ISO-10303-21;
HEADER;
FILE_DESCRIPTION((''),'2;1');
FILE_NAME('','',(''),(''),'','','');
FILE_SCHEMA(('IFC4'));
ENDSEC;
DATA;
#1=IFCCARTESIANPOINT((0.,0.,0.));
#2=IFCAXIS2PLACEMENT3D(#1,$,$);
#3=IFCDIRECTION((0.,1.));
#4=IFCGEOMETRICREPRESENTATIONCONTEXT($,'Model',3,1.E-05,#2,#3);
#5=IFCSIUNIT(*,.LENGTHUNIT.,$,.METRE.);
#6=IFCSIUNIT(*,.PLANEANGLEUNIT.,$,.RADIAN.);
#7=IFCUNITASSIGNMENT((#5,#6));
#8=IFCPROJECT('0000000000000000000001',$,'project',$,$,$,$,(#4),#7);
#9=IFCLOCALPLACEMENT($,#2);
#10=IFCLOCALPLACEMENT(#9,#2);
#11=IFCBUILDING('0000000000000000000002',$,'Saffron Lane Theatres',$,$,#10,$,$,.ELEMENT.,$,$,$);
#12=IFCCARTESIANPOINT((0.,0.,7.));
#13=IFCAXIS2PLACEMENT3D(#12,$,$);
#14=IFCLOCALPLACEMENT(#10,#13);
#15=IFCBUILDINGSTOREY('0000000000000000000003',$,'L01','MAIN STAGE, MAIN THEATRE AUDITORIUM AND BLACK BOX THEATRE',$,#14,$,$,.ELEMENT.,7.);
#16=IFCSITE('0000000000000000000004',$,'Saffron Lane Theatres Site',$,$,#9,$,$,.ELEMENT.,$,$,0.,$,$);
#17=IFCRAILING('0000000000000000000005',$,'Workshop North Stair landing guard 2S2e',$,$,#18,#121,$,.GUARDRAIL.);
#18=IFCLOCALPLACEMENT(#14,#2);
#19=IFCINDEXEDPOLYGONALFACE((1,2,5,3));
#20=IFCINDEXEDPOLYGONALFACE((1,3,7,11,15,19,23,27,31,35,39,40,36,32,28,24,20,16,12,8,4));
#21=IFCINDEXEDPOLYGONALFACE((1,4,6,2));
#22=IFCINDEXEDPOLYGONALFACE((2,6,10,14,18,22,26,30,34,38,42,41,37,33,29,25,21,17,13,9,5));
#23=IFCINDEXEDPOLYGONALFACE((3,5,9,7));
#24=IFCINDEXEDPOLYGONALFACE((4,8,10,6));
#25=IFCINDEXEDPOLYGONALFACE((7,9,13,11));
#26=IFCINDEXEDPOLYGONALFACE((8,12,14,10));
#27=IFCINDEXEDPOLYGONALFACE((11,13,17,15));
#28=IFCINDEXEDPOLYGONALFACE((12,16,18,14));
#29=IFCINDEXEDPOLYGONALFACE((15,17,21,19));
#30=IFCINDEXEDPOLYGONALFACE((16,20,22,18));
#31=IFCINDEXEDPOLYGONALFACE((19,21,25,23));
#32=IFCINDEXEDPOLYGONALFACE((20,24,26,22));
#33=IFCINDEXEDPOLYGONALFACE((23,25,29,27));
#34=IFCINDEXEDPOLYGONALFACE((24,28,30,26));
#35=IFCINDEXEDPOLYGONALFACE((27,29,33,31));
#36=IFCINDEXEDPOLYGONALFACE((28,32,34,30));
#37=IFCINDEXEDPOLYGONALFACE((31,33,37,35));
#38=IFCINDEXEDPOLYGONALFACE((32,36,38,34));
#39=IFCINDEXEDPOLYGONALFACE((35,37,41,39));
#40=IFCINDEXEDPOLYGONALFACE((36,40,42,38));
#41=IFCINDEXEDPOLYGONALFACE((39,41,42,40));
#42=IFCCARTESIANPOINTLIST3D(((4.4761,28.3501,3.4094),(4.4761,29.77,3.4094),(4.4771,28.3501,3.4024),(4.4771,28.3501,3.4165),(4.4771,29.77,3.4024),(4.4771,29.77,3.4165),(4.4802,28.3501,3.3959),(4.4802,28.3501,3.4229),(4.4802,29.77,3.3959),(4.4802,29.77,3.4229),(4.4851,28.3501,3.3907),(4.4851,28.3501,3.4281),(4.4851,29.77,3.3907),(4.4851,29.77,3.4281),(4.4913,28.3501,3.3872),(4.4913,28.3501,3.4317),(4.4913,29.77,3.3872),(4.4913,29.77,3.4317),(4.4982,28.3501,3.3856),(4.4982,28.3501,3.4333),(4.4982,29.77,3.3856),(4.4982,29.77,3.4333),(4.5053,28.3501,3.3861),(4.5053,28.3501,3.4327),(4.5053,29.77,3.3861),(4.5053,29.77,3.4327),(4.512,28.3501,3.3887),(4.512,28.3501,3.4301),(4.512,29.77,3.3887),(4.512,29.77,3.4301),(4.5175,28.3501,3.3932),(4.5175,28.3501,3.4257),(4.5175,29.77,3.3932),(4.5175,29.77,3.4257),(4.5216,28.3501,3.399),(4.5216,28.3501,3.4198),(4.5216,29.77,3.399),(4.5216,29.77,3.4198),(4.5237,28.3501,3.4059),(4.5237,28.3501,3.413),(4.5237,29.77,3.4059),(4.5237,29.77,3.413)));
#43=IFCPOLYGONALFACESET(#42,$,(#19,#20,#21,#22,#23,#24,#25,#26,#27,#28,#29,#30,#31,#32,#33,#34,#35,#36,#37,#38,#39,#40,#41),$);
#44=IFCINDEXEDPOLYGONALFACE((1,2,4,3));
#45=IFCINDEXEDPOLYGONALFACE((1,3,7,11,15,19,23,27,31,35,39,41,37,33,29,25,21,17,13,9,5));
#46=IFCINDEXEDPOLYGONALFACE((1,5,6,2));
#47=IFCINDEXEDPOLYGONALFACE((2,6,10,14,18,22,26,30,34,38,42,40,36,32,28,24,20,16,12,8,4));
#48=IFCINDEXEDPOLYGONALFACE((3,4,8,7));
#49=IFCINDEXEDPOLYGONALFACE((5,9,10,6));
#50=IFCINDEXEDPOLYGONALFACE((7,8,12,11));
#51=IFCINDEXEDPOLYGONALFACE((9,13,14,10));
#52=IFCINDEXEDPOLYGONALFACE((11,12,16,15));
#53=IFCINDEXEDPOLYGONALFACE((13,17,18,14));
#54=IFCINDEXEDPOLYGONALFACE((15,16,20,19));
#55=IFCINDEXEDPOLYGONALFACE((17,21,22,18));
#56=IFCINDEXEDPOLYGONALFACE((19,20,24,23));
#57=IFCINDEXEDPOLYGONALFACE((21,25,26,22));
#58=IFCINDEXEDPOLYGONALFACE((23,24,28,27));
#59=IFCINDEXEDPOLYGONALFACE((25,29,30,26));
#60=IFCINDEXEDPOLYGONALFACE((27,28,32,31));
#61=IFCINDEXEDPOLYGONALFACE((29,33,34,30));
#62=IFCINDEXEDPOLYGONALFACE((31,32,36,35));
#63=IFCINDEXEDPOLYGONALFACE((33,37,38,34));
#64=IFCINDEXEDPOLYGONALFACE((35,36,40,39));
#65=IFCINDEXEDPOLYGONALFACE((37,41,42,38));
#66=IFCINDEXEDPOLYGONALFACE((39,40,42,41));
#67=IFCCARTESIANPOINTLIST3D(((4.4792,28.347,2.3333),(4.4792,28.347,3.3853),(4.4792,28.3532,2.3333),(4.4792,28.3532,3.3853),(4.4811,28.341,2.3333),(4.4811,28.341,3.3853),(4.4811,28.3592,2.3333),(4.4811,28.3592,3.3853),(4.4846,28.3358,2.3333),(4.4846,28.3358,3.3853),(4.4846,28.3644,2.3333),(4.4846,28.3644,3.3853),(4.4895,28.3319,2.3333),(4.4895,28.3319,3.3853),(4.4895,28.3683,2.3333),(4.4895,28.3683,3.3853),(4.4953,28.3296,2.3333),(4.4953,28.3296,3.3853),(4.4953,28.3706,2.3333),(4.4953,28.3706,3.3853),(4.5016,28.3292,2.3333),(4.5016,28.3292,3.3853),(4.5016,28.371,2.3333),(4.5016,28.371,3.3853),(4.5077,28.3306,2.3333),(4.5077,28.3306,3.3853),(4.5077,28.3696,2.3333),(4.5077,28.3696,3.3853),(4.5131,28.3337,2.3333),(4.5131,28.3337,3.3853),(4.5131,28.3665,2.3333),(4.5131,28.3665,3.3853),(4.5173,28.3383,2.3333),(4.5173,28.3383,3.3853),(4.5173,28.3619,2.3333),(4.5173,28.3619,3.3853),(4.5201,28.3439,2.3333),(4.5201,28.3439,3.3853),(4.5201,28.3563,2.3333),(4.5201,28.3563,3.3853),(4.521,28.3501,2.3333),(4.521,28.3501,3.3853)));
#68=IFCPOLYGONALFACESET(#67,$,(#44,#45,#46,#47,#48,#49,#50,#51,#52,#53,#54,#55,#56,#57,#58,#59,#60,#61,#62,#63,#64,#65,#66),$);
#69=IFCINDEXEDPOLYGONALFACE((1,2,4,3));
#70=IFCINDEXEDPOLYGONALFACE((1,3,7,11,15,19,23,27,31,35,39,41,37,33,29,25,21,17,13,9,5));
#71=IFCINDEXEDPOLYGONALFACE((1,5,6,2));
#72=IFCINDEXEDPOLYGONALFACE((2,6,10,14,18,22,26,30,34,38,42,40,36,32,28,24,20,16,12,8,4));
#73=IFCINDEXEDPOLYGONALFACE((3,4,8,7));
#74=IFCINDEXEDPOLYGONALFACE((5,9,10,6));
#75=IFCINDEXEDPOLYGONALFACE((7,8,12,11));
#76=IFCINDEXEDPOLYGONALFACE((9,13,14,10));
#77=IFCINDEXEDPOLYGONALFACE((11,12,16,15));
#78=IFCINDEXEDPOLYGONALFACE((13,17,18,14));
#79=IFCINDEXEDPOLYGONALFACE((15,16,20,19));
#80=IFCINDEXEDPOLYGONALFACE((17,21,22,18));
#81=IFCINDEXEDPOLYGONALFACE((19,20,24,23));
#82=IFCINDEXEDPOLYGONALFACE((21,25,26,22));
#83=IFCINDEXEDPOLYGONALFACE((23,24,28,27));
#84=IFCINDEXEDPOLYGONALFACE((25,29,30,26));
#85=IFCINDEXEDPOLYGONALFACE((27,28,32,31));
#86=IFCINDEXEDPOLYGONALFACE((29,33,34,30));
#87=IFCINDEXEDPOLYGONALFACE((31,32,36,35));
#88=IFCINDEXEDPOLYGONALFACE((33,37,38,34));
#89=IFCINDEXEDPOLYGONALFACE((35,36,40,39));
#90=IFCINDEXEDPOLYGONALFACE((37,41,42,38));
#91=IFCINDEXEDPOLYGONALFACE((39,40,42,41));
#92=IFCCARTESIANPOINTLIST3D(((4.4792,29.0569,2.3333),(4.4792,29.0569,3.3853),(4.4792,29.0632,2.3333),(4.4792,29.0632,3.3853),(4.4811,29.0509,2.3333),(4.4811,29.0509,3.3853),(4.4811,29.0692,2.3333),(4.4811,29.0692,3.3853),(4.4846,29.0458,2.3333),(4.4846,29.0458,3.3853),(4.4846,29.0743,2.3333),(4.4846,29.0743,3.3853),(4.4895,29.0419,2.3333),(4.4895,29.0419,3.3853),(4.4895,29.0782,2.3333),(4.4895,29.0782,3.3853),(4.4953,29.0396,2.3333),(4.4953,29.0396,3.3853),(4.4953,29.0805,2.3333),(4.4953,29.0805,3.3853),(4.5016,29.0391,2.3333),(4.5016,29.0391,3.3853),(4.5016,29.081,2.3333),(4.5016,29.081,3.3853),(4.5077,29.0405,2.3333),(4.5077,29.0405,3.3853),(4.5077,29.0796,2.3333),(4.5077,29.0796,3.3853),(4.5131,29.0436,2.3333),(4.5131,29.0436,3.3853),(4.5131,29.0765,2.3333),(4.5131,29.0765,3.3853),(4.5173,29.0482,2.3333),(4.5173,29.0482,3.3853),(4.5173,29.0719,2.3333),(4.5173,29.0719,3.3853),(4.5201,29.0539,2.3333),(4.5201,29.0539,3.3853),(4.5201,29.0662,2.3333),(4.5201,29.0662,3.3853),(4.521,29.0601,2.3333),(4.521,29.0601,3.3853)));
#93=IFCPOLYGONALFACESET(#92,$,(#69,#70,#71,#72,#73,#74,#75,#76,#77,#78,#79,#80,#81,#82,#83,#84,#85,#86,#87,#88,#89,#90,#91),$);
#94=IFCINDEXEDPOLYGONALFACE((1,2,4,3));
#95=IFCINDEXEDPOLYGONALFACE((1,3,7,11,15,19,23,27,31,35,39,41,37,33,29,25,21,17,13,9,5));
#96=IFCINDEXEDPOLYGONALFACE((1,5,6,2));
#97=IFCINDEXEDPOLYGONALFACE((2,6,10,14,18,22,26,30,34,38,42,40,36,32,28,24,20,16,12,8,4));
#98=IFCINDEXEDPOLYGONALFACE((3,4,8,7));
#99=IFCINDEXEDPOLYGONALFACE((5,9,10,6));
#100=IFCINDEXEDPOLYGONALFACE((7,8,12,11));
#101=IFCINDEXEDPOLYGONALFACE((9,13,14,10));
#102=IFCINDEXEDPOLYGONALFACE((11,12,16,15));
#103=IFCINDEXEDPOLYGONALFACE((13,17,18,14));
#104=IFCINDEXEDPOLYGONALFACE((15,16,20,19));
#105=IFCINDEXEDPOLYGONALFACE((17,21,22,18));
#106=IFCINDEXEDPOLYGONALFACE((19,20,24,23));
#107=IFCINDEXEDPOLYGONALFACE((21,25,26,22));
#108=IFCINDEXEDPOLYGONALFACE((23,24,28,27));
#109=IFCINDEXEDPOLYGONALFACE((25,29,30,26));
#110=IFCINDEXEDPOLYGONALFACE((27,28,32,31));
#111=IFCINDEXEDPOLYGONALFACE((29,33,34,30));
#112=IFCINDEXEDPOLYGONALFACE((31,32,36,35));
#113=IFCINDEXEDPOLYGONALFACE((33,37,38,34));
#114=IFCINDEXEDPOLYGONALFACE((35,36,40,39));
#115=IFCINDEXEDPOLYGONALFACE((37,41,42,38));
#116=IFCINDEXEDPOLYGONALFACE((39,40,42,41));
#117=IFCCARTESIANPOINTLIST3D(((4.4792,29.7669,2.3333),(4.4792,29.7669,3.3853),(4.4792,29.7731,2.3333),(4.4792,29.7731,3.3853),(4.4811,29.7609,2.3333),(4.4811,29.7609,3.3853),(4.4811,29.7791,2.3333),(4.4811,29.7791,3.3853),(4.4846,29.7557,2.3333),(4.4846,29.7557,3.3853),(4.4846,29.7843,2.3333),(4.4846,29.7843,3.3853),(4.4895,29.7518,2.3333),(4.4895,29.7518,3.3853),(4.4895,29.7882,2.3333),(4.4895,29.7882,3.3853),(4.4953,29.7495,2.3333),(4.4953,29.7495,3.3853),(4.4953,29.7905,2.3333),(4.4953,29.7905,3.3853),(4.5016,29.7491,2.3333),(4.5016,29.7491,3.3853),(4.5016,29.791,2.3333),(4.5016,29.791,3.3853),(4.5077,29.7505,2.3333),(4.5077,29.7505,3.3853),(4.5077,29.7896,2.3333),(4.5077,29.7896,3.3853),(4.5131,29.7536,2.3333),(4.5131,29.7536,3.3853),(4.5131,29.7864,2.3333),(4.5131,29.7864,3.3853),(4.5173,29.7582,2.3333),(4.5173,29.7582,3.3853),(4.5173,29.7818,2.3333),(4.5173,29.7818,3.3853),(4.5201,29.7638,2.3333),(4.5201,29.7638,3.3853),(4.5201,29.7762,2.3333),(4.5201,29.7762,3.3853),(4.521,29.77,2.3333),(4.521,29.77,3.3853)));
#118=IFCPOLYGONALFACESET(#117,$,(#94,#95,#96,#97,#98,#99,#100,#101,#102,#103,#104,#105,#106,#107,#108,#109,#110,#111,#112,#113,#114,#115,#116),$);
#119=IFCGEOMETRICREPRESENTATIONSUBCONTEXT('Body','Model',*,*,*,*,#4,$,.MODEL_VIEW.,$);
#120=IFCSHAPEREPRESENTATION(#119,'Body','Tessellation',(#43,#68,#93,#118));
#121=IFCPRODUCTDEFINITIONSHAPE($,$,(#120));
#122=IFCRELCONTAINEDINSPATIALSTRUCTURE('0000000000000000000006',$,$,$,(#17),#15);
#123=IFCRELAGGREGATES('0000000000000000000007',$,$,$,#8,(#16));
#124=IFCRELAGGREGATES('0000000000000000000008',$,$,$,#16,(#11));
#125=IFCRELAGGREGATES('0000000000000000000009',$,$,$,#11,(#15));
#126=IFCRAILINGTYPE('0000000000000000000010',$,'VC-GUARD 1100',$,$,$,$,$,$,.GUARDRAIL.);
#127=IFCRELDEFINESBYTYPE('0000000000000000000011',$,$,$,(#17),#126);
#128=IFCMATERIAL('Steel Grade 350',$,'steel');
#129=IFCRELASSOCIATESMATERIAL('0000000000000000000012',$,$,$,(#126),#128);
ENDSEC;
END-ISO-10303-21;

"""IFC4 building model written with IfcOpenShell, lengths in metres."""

from ifc_helpers import new_model, si_unit, direction, frame, origin, origin_2d, place, context, subcontext, project, spatial, circle, extrude, material, type_object, element, save


model = new_model("IFC4")

# Units and contexts
model_context = context("Model", 3, precision=1e-05, world=origin(), true_north=direction((0.0, 1.0)))
body_context = subcontext(model_context, "Body", "Model", "MODEL_VIEW")
ifc_project = project(units=[si_unit("LENGTHUNIT", "METRE"), si_unit("PLANEANGLEUNIT", "RADIAN")], contexts=[model_context])

# Site, building, storey
site_placement = place(None, origin())
site = spatial("IfcSite", under=ifc_project, at=site_placement, Name="Saffron Lane Theatres Site", CompositionType="ELEMENT", RefElevation=0.0)
building_placement = place(site_placement, origin())
building = spatial("IfcBuilding", under=site, at=building_placement, Name="Saffron Lane Theatres", CompositionType="ELEMENT")
storey_placement = place(building_placement, frame((0.0, 0.0, 7.0)))
storey = spatial("IfcBuildingStorey", under=building, at=storey_placement, Name="L01", Description="MAIN STAGE, MAIN THEATRE AUDITORIUM AND BLACK BOX THEATRE", CompositionType="ELEMENT", Elevation=7.0)

# Railing
ifc_material_1 = material(Name="Steel Grade 350", Category="steel")
railing_type_1 = type_object("IfcRailingType", Name="VC-GUARD 1100", PredefinedType="GUARDRAIL", material=ifc_material_1)
railing_1_placement = place(storey_placement, frame((4.5, 28.3501, 2.3333)))
element("IfcRailing", 1, at=railing_1_placement, inside=storey, type_object=railing_type_1, Name="Workshop North Stair landing guard 2S2e", PredefinedType="GUARDRAIL", context=body_context, shape_type="SweptSolid", body=[
    extrude(circle(Radius=0.0239, at=origin_2d()), frame((0.0, 0.0, 1.0762), z_axis=(0.0, 1.0, 0.0), x_axis=(-1.0, 0.0, 0.0)), (0.0, 0.0, 1.0), 1.4199),
    extrude(circle(Radius=0.021, at=origin_2d()), origin(), (0.0, 0.0, 1.0), 1.052),
    extrude(circle(Radius=0.021, at=origin_2d()), frame((0.0, 0.71, 0.0)), (0.0, 0.0, 1.0), 1.052),
    extrude(circle(Radius=0.021, at=origin_2d()), frame((0.0, 1.4199, 0.0)), (0.0, 0.0, 1.0), 1.052),
])

save(model, "model.ifc")
